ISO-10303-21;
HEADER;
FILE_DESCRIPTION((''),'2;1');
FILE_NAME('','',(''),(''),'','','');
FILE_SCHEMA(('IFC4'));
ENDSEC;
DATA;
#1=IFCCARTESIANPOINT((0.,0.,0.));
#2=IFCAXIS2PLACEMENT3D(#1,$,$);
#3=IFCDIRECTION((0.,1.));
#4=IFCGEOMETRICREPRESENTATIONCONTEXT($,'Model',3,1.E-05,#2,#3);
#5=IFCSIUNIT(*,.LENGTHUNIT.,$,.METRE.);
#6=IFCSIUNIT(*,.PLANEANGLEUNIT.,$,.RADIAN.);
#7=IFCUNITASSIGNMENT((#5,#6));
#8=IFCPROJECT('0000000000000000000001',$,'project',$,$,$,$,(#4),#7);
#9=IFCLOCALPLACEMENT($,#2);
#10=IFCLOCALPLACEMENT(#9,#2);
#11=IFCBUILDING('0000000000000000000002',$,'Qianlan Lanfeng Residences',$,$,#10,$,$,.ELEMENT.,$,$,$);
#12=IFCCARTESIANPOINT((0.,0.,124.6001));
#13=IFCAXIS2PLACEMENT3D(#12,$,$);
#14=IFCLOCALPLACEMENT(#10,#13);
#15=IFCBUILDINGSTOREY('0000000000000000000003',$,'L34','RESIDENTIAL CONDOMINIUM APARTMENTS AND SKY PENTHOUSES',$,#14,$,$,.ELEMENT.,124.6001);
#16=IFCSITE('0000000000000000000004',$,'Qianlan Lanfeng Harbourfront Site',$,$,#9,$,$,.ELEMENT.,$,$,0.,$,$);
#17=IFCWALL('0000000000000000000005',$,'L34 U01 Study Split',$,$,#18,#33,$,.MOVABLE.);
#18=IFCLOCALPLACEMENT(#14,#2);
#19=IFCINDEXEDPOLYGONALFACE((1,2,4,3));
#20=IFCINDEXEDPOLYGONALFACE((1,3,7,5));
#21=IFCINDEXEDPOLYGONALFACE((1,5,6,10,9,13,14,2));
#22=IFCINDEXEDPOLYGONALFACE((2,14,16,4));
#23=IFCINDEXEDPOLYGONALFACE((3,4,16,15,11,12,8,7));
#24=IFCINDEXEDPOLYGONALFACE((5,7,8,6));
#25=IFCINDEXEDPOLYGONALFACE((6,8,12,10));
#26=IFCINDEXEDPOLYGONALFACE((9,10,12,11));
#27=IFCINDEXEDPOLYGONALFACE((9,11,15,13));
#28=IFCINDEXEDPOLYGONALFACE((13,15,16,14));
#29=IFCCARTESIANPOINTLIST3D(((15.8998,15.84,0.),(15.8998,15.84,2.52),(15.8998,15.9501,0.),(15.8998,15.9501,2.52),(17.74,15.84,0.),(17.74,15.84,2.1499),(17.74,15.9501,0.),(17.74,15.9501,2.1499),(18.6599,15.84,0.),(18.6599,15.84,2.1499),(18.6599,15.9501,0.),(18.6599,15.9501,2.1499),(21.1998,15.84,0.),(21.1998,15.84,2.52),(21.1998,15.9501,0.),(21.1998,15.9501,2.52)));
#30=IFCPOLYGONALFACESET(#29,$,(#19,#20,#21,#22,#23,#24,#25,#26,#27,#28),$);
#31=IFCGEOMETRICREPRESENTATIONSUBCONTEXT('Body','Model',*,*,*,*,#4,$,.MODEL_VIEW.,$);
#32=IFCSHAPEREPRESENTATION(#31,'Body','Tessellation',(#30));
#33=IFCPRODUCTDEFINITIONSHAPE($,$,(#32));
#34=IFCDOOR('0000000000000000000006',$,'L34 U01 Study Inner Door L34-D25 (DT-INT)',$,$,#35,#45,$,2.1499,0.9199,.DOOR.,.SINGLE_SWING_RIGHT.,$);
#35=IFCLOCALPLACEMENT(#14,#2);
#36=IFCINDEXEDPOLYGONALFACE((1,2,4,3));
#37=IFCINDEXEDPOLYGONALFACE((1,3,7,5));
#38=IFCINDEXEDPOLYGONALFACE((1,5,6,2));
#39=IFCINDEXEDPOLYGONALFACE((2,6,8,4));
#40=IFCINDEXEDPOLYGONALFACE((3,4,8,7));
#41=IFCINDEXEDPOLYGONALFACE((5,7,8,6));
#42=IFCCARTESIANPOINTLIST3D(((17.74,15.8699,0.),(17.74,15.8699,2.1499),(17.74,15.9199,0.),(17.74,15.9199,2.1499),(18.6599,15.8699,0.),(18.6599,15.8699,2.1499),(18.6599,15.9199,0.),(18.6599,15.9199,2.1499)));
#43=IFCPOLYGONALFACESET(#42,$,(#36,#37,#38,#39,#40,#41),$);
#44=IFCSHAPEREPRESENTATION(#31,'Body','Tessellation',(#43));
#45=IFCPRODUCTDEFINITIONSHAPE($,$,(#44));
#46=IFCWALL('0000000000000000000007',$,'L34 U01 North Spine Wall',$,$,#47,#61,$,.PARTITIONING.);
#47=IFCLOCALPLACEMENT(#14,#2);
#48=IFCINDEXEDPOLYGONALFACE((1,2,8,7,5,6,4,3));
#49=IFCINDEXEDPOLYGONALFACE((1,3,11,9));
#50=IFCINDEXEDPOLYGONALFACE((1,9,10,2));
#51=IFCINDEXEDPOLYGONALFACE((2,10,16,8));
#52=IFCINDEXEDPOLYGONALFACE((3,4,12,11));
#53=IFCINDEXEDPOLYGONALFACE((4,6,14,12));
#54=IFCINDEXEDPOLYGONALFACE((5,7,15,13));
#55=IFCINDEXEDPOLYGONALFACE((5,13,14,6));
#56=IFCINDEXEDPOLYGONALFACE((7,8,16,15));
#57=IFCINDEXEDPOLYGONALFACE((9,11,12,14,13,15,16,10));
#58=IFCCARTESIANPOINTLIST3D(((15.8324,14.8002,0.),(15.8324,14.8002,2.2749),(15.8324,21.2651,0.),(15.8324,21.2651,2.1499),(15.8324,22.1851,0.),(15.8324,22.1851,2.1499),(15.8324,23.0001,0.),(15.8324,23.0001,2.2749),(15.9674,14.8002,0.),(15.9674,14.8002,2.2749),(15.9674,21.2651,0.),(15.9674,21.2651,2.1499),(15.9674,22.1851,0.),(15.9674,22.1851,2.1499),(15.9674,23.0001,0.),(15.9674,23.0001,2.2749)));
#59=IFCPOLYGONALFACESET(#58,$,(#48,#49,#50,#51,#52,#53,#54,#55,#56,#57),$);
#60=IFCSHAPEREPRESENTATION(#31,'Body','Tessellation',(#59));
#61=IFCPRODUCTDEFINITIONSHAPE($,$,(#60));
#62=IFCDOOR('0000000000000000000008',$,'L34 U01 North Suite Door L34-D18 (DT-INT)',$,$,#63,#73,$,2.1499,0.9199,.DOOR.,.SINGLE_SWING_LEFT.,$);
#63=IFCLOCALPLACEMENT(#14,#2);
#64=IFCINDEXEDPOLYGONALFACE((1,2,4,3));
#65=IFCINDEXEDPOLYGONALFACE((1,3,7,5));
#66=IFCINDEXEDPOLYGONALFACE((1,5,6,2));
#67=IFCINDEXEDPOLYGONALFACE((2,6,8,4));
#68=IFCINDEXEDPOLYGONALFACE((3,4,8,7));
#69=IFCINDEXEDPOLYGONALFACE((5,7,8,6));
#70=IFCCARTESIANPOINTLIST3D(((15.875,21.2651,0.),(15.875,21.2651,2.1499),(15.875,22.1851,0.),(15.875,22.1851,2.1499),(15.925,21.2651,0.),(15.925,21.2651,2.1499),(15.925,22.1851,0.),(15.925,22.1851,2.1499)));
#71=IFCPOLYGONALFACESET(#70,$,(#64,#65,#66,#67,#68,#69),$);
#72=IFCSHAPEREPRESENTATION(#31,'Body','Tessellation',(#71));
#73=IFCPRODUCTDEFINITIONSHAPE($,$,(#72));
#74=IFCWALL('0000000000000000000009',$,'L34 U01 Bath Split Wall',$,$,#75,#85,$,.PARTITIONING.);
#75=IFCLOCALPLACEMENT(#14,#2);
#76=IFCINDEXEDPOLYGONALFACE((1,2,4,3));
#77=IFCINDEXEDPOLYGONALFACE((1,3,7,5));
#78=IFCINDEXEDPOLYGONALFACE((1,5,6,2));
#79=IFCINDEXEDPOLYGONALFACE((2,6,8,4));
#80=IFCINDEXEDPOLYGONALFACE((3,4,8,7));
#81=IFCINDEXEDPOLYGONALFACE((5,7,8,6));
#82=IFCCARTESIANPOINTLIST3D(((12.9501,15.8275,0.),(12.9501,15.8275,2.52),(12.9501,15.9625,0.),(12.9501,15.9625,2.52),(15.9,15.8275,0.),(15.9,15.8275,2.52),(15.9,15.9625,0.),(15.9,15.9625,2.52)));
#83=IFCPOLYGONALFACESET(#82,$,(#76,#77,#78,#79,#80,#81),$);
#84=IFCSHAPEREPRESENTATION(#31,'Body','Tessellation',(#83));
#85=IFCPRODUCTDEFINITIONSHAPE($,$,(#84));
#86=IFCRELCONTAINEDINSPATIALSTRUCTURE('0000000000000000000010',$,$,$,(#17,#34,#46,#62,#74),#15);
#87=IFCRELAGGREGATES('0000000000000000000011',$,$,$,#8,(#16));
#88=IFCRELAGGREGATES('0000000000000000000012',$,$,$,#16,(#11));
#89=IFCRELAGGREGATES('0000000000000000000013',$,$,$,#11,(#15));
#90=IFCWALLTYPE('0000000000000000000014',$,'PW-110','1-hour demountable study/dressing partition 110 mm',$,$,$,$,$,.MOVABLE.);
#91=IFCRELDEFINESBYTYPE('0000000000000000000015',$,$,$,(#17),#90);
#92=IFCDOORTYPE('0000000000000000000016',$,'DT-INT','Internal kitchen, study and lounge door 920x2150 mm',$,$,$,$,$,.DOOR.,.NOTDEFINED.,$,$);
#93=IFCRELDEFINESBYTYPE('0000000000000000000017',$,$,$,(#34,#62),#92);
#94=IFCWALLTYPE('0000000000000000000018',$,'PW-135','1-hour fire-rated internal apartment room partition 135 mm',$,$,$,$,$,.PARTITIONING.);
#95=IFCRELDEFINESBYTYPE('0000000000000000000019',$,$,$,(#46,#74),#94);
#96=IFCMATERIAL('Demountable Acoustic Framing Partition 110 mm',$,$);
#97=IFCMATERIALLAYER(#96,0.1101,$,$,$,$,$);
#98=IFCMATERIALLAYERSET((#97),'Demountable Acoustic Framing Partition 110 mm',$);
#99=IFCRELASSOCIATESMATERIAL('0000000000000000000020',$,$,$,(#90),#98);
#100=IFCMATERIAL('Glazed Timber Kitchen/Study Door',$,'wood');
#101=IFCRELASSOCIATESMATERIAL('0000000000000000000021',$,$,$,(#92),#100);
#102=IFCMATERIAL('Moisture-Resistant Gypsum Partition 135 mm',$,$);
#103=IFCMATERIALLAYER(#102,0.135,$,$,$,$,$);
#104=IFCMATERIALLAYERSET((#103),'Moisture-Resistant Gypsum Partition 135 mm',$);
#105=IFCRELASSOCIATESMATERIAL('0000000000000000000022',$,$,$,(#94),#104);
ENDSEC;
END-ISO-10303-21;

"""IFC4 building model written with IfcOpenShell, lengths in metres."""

from ifc_helpers import new_model, si_unit, direction, frame, frame_2d, origin, place, context, subcontext, project, spatial, rectangle, extrude, material, layer, layer_set, type_object, element, fill, save


model = new_model("IFC4")

# Units and contexts
model_context = context("Model", 3, precision=1e-05, world=origin(), true_north=direction((0.0, 1.0)))
body_context = subcontext(model_context, "Body", "Model", "MODEL_VIEW")
ifc_project = project(units=[si_unit("LENGTHUNIT", "METRE"), si_unit("PLANEANGLEUNIT", "RADIAN")], contexts=[model_context])

# Site, building, storey
site_placement = place(None, origin())
site = spatial("IfcSite", under=ifc_project, at=site_placement, Name="Qianlan Lanfeng Harbourfront Site", CompositionType="ELEMENT", RefElevation=0.0)
building_placement = place(site_placement, origin())
building = spatial("IfcBuilding", under=site, at=building_placement, Name="Qianlan Lanfeng Residences", CompositionType="ELEMENT")
storey_placement = place(building_placement, frame((0.0, 0.0, 124.6001)))
storey = spatial("IfcBuildingStorey", under=building, at=storey_placement, Name="L34", Description="RESIDENTIAL CONDOMINIUM APARTMENTS AND SKY PENTHOUSES", CompositionType="ELEMENT", Elevation=124.6001)

# Walls, openings, doors
ifc_material_1 = material(Name="Demountable Acoustic Framing Partition 110 mm")
ifc_layer_1 = layer(ifc_material_1, 0.1101)
ifc_layer_set_1 = layer_set([ifc_layer_1], Name="Demountable Acoustic Framing Partition 110 mm")
wall_type_1 = type_object("IfcWallType", Name="PW-110", Description="1-hour demountable study/dressing partition 110 mm", PredefinedType="MOVABLE", material=ifc_layer_set_1)
wall_1_placement = place(storey_placement, frame((15.8999, 15.895, 0.0), z_axis=(0.0, 0.0, 1.0), x_axis=(1.0, 0.0, 0.0)))
wall_1 = element("IfcWall", 1, at=wall_1_placement, inside=storey, type_object=wall_type_1, Name="L34 U01 Study Split", PredefinedType="MOVABLE", context=body_context, shape_type="SweptSolid", body=[
    extrude(rectangle(XDim=5.3, YDim=0.1101, at=frame_2d((2.6499, 0.0))), origin(), (0.0, 0.0, 1.0), 2.52),
])
opening_1_placement = place(wall_1_placement, frame((1.8401, 0.0, 0.0)))
opening_1 = element("IfcOpeningElement", 2, at=opening_1_placement, cuts=wall_1, PredefinedType="OPENING", context=body_context, shape_type="SweptSolid", body=[
    extrude(rectangle(XDim=0.9199, YDim=2.1499, at=frame_2d((0.46, 1.075))), frame((0.0, 0.0649, 0.0), z_axis=(0.0, -1.0, 0.0), x_axis=(1.0, 0.0, 0.0)), (0.0, 0.0, 1.0), 0.1301),
])
ifc_material_2 = material(Name="Glazed Timber Kitchen/Study Door", Category="wood")
door_type = type_object("IfcDoorType", Name="DT-INT", Description="Internal kitchen, study and lounge door 920x2150 mm", OperationType="NOTDEFINED", PredefinedType="DOOR", material=ifc_material_2)
door_1_placement = place(opening_1_placement, origin())
door_1 = element("IfcDoor", 3, at=door_1_placement, inside=storey, type_object=door_type, Name="L34 U01 Study Inner Door L34-D25 (DT-INT)", OperationType="SINGLE_SWING_RIGHT", OverallHeight=2.1499, OverallWidth=0.9199, PredefinedType="DOOR", context=body_context, shape_type="SweptSolid", body=[
    extrude(rectangle(XDim=0.9199, YDim=2.1499, at=frame_2d((0.46, 1.075))), frame((0.0, 0.0249, 0.0), z_axis=(0.0, -1.0, 0.0), x_axis=(1.0, 0.0, 0.0)), (0.0, 0.0, 1.0), 0.05),
])
fill(opening_1, door_1)
ifc_material_3 = material(Name="Moisture-Resistant Gypsum Partition 135 mm")
ifc_layer_2 = layer(ifc_material_3, 0.135)
ifc_layer_set_2 = layer_set([ifc_layer_2], Name="Moisture-Resistant Gypsum Partition 135 mm")
wall_type_2 = type_object("IfcWallType", Name="PW-135", Description="1-hour fire-rated internal apartment room partition 135 mm", PredefinedType="PARTITIONING", material=ifc_layer_set_2)
wall_2_placement = place(storey_placement, frame((15.8999, 14.8, 0.0), z_axis=(0.0, 0.0, 1.0), x_axis=(0.0, 1.0, 0.0)))
wall_2 = element("IfcWall", 4, at=wall_2_placement, inside=storey, type_object=wall_type_2, Name="L34 U01 North Spine Wall", PredefinedType="PARTITIONING", context=body_context, shape_type="SweptSolid", body=[
    extrude(rectangle(XDim=8.2, YDim=0.135, at=frame_2d((4.1001, 0.0))), origin(), (0.0, 0.0, 1.0), 2.2749),
])
opening_2_placement = place(wall_2_placement, frame((6.4651, 0.0, 0.0)))
opening_2 = element("IfcOpeningElement", 5, at=opening_2_placement, cuts=wall_2, PredefinedType="OPENING", context=body_context, shape_type="SweptSolid", body=[
    extrude(rectangle(XDim=0.9199, YDim=2.1499, at=frame_2d((0.46, 1.075))), frame((0.0, 0.0776, 0.0), z_axis=(0.0, -1.0, 0.0), x_axis=(1.0, 0.0, 0.0)), (0.0, 0.0, 1.0), 0.155),
])
door_2_placement = place(opening_2_placement, origin())
door_2 = element("IfcDoor", 6, at=door_2_placement, inside=storey, type_object=door_type, Name="L34 U01 North Suite Door L34-D18 (DT-INT)", OperationType="SINGLE_SWING_LEFT", OverallHeight=2.1499, OverallWidth=0.9199, PredefinedType="DOOR", context=body_context, shape_type="SweptSolid", body=[
    extrude(rectangle(XDim=0.9199, YDim=2.1499, at=frame_2d((0.46, 1.075))), frame((0.0, 0.0249, 0.0), z_axis=(0.0, -1.0, 0.0), x_axis=(1.0, 0.0, 0.0)), (0.0, 0.0, 1.0), 0.05),
])
fill(opening_2, door_2)

# Wall
wall_3_placement = place(storey_placement, frame((12.95, 15.895, 0.0), z_axis=(0.0, 0.0, 1.0), x_axis=(1.0, 0.0, 0.0)))
element("IfcWall", 7, at=wall_3_placement, inside=storey, type_object=wall_type_2, Name="L34 U01 Bath Split Wall", PredefinedType="PARTITIONING", context=body_context, shape_type="SweptSolid", body=[
    extrude(rectangle(XDim=2.95, YDim=0.135, at=frame_2d((1.4751, 0.0))), origin(), (0.0, 0.0, 1.0), 2.52),
])

save(model, "model.ifc")
